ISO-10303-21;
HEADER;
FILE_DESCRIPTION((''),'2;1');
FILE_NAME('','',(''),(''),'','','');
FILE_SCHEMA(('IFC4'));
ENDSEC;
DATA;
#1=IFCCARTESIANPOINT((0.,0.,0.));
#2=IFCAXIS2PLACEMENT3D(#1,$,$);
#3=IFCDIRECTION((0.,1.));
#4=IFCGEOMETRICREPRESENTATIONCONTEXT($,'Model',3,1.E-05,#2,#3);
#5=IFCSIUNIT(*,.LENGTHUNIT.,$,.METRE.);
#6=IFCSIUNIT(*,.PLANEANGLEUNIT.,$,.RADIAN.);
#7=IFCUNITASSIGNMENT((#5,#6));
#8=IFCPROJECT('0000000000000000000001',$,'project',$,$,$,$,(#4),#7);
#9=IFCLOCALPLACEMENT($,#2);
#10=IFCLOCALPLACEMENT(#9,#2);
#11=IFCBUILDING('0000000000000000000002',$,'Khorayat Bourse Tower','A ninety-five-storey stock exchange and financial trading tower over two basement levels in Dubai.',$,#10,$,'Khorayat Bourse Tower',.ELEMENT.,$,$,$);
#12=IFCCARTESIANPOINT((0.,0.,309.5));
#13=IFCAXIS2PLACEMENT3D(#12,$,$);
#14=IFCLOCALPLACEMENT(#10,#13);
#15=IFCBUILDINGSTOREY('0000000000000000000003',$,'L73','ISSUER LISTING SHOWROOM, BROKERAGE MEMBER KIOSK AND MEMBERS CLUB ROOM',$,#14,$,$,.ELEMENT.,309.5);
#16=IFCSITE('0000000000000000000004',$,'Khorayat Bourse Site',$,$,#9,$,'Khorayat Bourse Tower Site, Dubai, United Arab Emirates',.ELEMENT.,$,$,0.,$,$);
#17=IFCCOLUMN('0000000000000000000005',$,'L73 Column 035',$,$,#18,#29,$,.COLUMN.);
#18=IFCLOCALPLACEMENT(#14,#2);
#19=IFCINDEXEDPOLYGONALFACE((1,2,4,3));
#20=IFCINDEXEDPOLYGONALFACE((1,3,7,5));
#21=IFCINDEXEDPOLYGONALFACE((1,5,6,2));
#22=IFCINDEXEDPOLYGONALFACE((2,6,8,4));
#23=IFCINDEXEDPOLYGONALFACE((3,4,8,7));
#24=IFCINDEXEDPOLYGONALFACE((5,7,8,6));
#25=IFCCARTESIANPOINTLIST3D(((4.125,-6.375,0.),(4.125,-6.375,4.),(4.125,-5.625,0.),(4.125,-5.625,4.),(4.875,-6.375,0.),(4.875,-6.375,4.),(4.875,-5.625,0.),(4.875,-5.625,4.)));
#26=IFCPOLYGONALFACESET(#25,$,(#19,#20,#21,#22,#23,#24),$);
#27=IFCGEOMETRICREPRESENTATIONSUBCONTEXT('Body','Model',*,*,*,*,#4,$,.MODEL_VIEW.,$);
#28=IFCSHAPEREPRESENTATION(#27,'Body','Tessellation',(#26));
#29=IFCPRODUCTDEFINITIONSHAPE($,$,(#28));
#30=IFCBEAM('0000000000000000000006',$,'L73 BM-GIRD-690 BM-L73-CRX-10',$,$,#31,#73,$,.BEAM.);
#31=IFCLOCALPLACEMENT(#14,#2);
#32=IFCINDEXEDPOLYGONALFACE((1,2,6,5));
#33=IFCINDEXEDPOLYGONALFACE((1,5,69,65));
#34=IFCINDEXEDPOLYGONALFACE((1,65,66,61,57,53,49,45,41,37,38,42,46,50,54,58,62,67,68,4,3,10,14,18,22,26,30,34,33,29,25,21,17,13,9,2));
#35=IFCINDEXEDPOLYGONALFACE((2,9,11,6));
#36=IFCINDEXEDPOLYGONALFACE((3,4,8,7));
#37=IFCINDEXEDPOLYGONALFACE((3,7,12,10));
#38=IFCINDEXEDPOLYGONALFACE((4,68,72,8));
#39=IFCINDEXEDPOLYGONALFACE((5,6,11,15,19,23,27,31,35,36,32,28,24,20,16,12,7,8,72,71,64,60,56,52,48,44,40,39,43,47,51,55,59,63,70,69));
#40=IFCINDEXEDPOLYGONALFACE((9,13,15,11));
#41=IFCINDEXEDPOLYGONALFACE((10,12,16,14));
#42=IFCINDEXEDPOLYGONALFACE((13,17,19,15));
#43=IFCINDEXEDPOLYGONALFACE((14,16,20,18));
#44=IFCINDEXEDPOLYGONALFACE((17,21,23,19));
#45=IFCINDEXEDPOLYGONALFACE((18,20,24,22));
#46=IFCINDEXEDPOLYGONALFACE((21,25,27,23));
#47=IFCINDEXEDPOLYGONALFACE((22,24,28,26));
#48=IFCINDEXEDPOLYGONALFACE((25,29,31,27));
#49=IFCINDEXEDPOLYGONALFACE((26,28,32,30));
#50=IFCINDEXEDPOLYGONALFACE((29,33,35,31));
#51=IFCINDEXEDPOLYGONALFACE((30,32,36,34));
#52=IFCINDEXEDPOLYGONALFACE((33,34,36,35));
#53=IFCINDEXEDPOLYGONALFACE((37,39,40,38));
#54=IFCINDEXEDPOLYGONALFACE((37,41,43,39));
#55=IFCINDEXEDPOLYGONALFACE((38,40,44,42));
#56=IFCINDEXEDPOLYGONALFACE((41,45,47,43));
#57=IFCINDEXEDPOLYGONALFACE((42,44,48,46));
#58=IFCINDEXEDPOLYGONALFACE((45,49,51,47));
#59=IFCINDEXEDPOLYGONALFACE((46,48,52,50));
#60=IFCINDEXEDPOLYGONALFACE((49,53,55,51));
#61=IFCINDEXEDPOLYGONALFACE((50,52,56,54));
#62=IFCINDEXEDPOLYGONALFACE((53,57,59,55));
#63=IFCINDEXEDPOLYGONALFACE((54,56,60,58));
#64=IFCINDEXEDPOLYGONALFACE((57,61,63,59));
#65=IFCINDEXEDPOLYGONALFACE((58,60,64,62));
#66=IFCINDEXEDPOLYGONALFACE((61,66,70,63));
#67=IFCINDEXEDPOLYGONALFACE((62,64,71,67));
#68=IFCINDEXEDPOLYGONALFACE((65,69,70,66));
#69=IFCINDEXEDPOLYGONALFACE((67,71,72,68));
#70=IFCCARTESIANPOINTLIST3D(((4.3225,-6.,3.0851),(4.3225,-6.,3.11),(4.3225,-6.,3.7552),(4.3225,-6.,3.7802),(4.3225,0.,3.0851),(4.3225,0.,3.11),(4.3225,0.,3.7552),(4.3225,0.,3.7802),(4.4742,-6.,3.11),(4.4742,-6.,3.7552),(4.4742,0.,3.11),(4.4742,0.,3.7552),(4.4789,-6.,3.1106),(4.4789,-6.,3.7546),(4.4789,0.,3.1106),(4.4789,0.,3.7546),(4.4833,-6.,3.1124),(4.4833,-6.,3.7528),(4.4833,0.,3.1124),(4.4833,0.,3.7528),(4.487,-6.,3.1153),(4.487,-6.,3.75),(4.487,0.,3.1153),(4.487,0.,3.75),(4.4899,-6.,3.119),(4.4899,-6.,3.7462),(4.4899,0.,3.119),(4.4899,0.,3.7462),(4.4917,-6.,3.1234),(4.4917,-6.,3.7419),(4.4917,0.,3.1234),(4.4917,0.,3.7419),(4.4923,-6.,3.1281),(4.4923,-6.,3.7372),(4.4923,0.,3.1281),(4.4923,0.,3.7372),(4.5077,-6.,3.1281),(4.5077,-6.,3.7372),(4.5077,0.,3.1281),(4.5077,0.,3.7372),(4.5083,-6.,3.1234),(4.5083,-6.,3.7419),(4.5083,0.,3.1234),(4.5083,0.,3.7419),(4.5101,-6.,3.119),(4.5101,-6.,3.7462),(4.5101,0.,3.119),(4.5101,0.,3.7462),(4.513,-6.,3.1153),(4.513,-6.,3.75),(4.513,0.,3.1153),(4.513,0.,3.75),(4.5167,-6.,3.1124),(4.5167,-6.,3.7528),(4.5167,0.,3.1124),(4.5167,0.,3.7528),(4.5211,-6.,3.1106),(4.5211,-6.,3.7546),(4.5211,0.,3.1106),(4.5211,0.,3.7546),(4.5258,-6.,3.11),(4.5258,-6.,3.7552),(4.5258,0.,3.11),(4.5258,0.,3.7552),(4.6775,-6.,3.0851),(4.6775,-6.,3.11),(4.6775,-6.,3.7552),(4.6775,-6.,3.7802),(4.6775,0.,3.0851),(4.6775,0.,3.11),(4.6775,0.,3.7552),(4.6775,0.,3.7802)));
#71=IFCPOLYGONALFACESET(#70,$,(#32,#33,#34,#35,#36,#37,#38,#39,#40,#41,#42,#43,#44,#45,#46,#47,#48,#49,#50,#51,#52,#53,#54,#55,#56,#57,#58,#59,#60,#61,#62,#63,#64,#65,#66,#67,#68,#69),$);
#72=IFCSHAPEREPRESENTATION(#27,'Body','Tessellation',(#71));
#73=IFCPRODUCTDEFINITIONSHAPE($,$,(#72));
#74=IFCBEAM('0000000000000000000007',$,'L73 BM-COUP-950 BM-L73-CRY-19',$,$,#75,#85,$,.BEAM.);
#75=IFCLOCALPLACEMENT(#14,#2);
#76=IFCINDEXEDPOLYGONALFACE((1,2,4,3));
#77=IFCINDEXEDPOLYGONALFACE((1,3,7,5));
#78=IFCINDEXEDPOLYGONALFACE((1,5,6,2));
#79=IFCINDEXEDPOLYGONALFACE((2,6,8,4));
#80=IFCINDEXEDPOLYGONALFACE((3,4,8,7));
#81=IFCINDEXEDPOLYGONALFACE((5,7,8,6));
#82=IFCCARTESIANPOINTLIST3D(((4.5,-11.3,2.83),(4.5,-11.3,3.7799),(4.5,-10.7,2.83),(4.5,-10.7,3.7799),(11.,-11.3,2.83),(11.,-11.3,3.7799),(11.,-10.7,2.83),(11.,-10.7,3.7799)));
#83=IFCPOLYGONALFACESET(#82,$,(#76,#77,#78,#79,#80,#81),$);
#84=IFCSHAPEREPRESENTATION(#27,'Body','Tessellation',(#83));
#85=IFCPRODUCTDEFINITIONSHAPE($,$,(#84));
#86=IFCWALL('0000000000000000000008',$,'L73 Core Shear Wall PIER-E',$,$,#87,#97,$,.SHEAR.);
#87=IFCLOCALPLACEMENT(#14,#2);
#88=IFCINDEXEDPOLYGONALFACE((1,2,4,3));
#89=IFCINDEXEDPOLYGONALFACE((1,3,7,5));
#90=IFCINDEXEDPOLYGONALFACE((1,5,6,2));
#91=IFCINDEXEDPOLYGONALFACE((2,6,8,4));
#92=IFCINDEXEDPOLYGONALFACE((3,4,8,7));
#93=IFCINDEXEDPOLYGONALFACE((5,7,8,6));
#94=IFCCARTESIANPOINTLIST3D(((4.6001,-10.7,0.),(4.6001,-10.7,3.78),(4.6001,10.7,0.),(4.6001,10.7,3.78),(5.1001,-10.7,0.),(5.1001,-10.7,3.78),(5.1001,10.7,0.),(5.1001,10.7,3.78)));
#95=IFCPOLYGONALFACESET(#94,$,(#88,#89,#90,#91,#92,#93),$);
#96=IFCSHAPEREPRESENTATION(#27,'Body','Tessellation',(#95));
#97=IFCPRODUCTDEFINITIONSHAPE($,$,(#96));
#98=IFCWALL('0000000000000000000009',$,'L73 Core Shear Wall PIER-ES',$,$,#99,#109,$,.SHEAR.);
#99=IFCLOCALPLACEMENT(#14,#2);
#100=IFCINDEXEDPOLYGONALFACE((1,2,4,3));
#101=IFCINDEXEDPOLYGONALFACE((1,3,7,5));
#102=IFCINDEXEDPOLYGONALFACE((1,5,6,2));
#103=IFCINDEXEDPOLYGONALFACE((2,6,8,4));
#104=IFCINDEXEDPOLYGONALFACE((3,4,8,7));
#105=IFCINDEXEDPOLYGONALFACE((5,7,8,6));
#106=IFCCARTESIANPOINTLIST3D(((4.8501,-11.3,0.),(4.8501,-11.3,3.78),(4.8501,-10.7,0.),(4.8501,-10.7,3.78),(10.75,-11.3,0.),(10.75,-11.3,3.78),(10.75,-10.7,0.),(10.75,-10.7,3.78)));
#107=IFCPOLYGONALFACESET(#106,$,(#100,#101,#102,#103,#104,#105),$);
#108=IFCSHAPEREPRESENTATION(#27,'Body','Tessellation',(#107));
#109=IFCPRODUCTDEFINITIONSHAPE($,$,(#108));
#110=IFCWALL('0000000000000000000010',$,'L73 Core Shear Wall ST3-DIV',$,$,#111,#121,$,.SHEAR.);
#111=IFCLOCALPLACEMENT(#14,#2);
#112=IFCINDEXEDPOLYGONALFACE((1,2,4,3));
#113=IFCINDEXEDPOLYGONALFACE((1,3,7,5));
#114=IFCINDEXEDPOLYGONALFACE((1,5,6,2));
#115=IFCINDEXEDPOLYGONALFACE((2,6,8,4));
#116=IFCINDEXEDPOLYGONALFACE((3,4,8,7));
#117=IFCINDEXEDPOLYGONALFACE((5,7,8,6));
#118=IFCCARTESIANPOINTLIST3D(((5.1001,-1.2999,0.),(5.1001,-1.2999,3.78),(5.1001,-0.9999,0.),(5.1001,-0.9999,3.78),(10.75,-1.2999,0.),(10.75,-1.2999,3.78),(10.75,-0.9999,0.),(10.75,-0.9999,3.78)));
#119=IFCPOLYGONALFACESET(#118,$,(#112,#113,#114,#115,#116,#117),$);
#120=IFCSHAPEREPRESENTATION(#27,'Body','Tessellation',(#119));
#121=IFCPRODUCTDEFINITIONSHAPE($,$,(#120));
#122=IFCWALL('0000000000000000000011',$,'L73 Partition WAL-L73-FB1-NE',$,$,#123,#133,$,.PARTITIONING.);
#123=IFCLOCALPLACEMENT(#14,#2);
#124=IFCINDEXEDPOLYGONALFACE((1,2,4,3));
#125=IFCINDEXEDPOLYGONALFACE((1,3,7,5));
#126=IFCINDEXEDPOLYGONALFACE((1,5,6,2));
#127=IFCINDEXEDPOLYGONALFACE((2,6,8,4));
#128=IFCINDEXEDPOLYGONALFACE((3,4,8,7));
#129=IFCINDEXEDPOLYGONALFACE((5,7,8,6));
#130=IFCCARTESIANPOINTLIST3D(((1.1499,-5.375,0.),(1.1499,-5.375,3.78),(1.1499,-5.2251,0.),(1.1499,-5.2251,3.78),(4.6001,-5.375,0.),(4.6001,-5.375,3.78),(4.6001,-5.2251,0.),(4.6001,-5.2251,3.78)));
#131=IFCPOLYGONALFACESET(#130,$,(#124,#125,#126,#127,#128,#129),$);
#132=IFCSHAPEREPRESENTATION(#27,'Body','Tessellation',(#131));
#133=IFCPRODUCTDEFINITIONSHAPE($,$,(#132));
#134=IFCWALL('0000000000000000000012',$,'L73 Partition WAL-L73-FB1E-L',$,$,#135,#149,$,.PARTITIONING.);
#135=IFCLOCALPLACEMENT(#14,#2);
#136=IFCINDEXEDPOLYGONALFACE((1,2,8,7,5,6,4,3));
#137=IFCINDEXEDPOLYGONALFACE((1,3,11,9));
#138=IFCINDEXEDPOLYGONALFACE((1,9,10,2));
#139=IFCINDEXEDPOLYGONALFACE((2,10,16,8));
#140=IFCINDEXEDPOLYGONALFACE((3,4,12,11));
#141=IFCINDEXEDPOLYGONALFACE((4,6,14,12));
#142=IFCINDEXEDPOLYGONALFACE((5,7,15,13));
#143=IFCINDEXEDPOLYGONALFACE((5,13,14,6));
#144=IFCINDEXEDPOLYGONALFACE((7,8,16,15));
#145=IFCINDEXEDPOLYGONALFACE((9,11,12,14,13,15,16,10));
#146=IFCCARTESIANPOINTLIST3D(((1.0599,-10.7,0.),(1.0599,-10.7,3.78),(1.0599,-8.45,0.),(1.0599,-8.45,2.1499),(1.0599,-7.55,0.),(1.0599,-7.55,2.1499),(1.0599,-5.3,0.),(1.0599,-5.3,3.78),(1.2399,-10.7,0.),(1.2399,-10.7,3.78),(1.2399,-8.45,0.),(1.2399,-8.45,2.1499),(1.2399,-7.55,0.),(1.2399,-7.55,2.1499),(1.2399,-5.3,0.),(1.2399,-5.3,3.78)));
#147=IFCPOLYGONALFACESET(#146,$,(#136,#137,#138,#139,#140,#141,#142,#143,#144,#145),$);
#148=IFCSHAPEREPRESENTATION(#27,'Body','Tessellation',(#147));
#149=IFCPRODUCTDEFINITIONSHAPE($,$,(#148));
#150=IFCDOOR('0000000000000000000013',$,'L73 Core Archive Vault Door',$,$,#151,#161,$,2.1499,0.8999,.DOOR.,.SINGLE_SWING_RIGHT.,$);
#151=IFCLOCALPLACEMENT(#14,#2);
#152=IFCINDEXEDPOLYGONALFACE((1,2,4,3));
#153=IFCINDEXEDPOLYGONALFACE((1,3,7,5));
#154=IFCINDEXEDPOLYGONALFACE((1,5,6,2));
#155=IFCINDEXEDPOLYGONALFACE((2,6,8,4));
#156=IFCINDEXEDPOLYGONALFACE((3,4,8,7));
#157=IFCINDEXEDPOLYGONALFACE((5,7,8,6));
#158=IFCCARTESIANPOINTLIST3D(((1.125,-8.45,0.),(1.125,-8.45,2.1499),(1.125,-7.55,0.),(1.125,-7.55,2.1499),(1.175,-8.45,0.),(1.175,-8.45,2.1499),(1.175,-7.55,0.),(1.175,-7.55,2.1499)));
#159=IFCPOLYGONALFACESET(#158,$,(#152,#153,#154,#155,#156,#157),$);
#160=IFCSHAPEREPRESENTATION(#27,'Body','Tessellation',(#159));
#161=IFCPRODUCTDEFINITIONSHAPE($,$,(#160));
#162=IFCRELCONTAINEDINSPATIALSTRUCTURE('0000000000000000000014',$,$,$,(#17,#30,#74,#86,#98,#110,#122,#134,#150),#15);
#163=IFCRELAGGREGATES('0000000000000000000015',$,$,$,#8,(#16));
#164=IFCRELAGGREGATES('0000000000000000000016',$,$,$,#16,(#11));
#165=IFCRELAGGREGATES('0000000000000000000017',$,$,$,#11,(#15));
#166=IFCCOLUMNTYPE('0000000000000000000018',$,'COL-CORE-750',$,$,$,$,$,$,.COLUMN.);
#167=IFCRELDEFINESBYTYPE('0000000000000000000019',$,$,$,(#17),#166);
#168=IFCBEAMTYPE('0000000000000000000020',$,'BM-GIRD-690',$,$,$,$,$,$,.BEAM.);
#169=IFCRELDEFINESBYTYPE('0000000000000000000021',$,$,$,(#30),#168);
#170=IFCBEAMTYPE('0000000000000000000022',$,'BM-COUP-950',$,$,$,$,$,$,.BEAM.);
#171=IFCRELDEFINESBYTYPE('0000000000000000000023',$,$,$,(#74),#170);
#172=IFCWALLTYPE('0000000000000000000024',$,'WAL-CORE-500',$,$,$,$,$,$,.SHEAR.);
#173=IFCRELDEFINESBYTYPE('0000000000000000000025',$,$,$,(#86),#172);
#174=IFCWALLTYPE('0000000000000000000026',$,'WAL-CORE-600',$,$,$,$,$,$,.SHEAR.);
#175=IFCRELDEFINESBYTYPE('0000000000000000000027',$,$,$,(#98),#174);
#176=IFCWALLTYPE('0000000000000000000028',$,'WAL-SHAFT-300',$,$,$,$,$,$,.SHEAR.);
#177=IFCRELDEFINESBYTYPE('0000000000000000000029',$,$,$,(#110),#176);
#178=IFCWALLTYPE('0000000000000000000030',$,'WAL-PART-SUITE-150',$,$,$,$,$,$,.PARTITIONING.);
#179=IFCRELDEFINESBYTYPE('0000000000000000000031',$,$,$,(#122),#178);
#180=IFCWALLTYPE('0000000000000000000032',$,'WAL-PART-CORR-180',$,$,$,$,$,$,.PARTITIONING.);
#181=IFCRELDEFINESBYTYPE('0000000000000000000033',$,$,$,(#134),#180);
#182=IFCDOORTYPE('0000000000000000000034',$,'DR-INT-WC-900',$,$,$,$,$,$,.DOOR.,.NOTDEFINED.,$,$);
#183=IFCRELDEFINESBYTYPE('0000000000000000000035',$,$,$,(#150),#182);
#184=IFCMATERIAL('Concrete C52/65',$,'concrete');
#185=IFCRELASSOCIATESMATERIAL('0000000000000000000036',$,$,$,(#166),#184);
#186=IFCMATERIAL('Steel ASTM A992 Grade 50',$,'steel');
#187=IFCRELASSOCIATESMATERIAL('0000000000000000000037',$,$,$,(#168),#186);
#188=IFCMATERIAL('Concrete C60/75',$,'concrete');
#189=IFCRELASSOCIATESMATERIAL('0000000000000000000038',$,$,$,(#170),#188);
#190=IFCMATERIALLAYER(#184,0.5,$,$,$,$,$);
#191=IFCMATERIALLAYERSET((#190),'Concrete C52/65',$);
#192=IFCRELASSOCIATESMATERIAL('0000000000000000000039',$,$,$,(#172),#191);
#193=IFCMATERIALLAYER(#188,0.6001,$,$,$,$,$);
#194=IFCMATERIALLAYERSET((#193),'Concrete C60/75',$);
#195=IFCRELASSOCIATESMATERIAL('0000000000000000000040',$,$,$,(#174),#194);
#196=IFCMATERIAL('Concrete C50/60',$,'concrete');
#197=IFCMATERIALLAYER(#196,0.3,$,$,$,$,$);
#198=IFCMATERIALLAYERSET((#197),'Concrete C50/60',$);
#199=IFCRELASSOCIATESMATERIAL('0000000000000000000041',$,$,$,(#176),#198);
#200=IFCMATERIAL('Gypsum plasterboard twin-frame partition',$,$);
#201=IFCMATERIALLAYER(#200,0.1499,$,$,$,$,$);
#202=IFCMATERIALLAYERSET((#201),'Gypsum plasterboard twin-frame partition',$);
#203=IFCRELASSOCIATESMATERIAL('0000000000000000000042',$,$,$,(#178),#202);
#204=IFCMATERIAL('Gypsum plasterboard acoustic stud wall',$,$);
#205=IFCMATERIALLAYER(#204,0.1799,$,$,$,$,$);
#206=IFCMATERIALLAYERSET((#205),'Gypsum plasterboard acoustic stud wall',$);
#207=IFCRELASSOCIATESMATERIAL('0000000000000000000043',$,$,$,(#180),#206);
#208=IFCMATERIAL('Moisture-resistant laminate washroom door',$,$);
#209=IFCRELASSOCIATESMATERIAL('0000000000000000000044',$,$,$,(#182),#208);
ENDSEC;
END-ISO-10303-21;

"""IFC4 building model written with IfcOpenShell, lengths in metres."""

from ifc_helpers import new_model, si_unit, direction, frame, frame_2d, origin, origin_2d, place, context, subcontext, project, spatial, rectangle, i_section, extrude, source, transform, mapped, material, layer, layer_set, material_profile, profile_set, type_object, element, fill, save


model = new_model("IFC4")

# Units and contexts
model_context = context("Model", 3, precision=1e-05, world=origin(), true_north=direction((0.0, 1.0)))
body_context = subcontext(model_context, "Body", "Model", "MODEL_VIEW")
ifc_project = project(units=[si_unit("LENGTHUNIT", "METRE"), si_unit("PLANEANGLEUNIT", "RADIAN")], contexts=[model_context])

# Site, building, storey
site_placement = place(None, origin())
site = spatial("IfcSite", under=ifc_project, at=site_placement, Name="Khorayat Bourse Site", LongName="Khorayat Bourse Tower Site, Dubai, United Arab Emirates", CompositionType="ELEMENT", RefElevation=0.0)
building_placement = place(site_placement, origin())
building = spatial("IfcBuilding", under=site, at=building_placement, Name="Khorayat Bourse Tower", Description="A ninety-five-storey stock exchange and financial trading tower over two basement levels in Dubai.", LongName="Khorayat Bourse Tower", CompositionType="ELEMENT")
storey_placement = place(building_placement, frame((0.0, 0.0, 309.5)))
storey = spatial("IfcBuildingStorey", under=building, at=storey_placement, Name="L73", Description="ISSUER LISTING SHOWROOM, BROKERAGE MEMBER KIOSK AND MEMBERS CLUB ROOM", CompositionType="ELEMENT", Elevation=309.5)

# Column
ifc_material_1 = material(Name="Concrete C52/65", Category="concrete")
ifc_material_profile_1 = material_profile(ifc_material_1, rectangle(XDim=0.75, YDim=0.75, at=origin_2d()), Name="RC 750x750")
ifc_profile_set_1 = profile_set([ifc_material_profile_1], Name="Concrete C52/65")
column_type = type_object("IfcColumnType", Name="COL-CORE-750", PredefinedType="COLUMN", material=ifc_profile_set_1)
shared_shape_1 = source(origin(), body_context, "Body", "SweptSolid", [
    extrude(rectangle(XDim=0.75, YDim=0.75, at=origin_2d()), origin(), (0.0, 0.0, 1.0), 4.0),
])
column_placement = place(storey_placement, frame((4.5, -6.0, 0.0), z_axis=(0.0, 0.0, 1.0), x_axis=(1.0, 0.0, 0.0)))
element("IfcColumn", 1, at=column_placement, inside=storey, type_object=column_type, Name="L73 Column 035", PredefinedType="COLUMN", context=body_context, shape_type="MappedRepresentation", body=[
    mapped(shared_shape_1, transform((0.0, 0.0, 0.0), scale=1.0)),
])

# Beams
ifc_material_2 = material(Name="Steel ASTM A992 Grade 50", Category="steel")
ifc_material_profile_2 = material_profile(ifc_material_2, i_section(OverallWidth=0.355, OverallDepth=0.6951, WebThickness=0.0154, FlangeThickness=0.0249, FilletRadius=0.0181, at=origin_2d()), Name="W690X217")
ifc_profile_set_2 = profile_set([ifc_material_profile_2], Name="Steel ASTM A992 Grade 50")
beam_type_1 = type_object("IfcBeamType", Name="BM-GIRD-690", PredefinedType="BEAM", material=ifc_profile_set_2)
shared_shape_2 = source(origin(), body_context, "Body", "SweptSolid", [
    extrude(i_section(OverallWidth=0.355, OverallDepth=0.6951, WebThickness=0.0154, FlangeThickness=0.0249, FilletRadius=0.0181, at=origin_2d()), origin(), (0.0, 0.0, 1.0), 6.0),
])
beam_1_placement = place(storey_placement, frame((4.5, -6.0, 3.4326), z_axis=(0.0, 1.0, 0.0), x_axis=(-1.0, 0.0, 0.0)))
element("IfcBeam", 2, at=beam_1_placement, inside=storey, type_object=beam_type_1, Name="L73 BM-GIRD-690 BM-L73-CRX-10", PredefinedType="BEAM", context=body_context, shape_type="MappedRepresentation", body=[
    mapped(shared_shape_2, transform((0.0, 0.0, 0.0), scale=1.0)),
])
ifc_material_3 = material(Name="Concrete C60/75", Category="concrete")
ifc_material_profile_3 = material_profile(ifc_material_3, rectangle(XDim=0.6001, YDim=0.95, at=origin_2d()), Name="RC 600x950")
ifc_profile_set_3 = profile_set([ifc_material_profile_3], Name="Concrete C60/75")
beam_type_2 = type_object("IfcBeamType", Name="BM-COUP-950", PredefinedType="BEAM", material=ifc_profile_set_3)
shared_shape_3 = source(origin(), body_context, "Body", "SweptSolid", [
    extrude(rectangle(XDim=0.6001, YDim=0.95, at=origin_2d()), origin(), (0.0, 0.0, 1.0), 6.5),
])
beam_2_placement = place(storey_placement, frame((4.5, -11.0, 3.3049), z_axis=(1.0, 0.0, 0.0), x_axis=(0.0, 1.0, 0.0)))
element("IfcBeam", 3, at=beam_2_placement, inside=storey, type_object=beam_type_2, Name="L73 BM-COUP-950 BM-L73-CRY-19", PredefinedType="BEAM", context=body_context, shape_type="MappedRepresentation", body=[
    mapped(shared_shape_3, transform((0.0, 0.0, 0.0), scale=1.0)),
])

# Walls
ifc_layer_1 = layer(ifc_material_1, 0.5)
ifc_layer_set_1 = layer_set([ifc_layer_1], Name="Concrete C52/65")
wall_type_1 = type_object("IfcWallType", Name="WAL-CORE-500", PredefinedType="SHEAR", material=ifc_layer_set_1)
shared_shape_4 = source(origin(), body_context, "Body", "SweptSolid", [
    extrude(rectangle(XDim=21.3999, YDim=0.5, at=frame_2d((10.7, 0.0))), origin(), (0.0, 0.0, 1.0), 3.78),
])
wall_1_placement = place(storey_placement, frame((4.8501, -10.7, 0.0), z_axis=(0.0, 0.0, 1.0), x_axis=(0.0, 1.0, 0.0)))
element("IfcWall", 4, at=wall_1_placement, inside=storey, type_object=wall_type_1, Name="L73 Core Shear Wall PIER-E", PredefinedType="SHEAR", context=body_context, shape_type="MappedRepresentation", body=[
    mapped(shared_shape_4, transform((0.0, 0.0, 0.0), scale=1.0)),
])
ifc_layer_2 = layer(ifc_material_3, 0.6001)
ifc_layer_set_2 = layer_set([ifc_layer_2], Name="Concrete C60/75")
wall_type_2 = type_object("IfcWallType", Name="WAL-CORE-600", PredefinedType="SHEAR", material=ifc_layer_set_2)
shared_shape_5 = source(origin(), body_context, "Body", "SweptSolid", [
    extrude(rectangle(XDim=5.8999, YDim=0.6001, at=frame_2d((2.95, 0.0))), origin(), (0.0, 0.0, 1.0), 3.78),
])
wall_2_placement = place(storey_placement, frame((4.8501, -11.0, 0.0), z_axis=(0.0, 0.0, 1.0), x_axis=(1.0, 0.0, 0.0)))
element("IfcWall", 5, at=wall_2_placement, inside=storey, type_object=wall_type_2, Name="L73 Core Shear Wall PIER-ES", PredefinedType="SHEAR", context=body_context, shape_type="MappedRepresentation", body=[
    mapped(shared_shape_5, transform((0.0, 0.0, 0.0), scale=1.0)),
])
ifc_material_4 = material(Name="Concrete C50/60", Category="concrete")
ifc_layer_3 = layer(ifc_material_4, 0.3)
ifc_layer_set_3 = layer_set([ifc_layer_3], Name="Concrete C50/60")
wall_type_3 = type_object("IfcWallType", Name="WAL-SHAFT-300", PredefinedType="SHEAR", material=ifc_layer_set_3)
shared_shape_6 = source(origin(), body_context, "Body", "SweptSolid", [
    extrude(rectangle(XDim=5.6499, YDim=0.3, at=frame_2d((2.825, 0.0))), origin(), (0.0, 0.0, 1.0), 3.78),
])
wall_3_placement = place(storey_placement, frame((5.1001, -1.1499, 0.0), z_axis=(0.0, 0.0, 1.0), x_axis=(1.0, 0.0, 0.0)))
element("IfcWall", 6, at=wall_3_placement, inside=storey, type_object=wall_type_3, Name="L73 Core Shear Wall ST3-DIV", PredefinedType="SHEAR", context=body_context, shape_type="MappedRepresentation", body=[
    mapped(shared_shape_6, transform((0.0, 0.0, 0.0), scale=1.0)),
])
ifc_material_5 = material(Name="Gypsum plasterboard twin-frame partition")
ifc_layer_4 = layer(ifc_material_5, 0.1499)
ifc_layer_set_4 = layer_set([ifc_layer_4], Name="Gypsum plasterboard twin-frame partition")
wall_type_4 = type_object("IfcWallType", Name="WAL-PART-SUITE-150", PredefinedType="PARTITIONING", material=ifc_layer_set_4)
shared_shape_7 = source(origin(), body_context, "Body", "SweptSolid", [
    extrude(rectangle(XDim=3.4502, YDim=0.1499, at=frame_2d((1.7251, 0.0))), origin(), (0.0, 0.0, 1.0), 3.78),
])
wall_4_placement = place(storey_placement, frame((1.1499, -5.3, 0.0), z_axis=(0.0, 0.0, 1.0), x_axis=(1.0, 0.0, 0.0)))
element("IfcWall", 7, at=wall_4_placement, inside=storey, type_object=wall_type_4, Name="L73 Partition WAL-L73-FB1-NE", PredefinedType="PARTITIONING", context=body_context, shape_type="MappedRepresentation", body=[
    mapped(shared_shape_7, transform((0.0, 0.0, 0.0), scale=1.0)),
])

# Shared definitions
ifc_material_6 = material(Name="Gypsum plasterboard acoustic stud wall")
ifc_layer_5 = layer(ifc_material_6, 0.1799)
ifc_layer_set_5 = layer_set([ifc_layer_5], Name="Gypsum plasterboard acoustic stud wall")
wall_type_5 = type_object("IfcWallType", Name="WAL-PART-CORR-180", PredefinedType="PARTITIONING", material=ifc_layer_set_5)
shared_shape_8 = source(origin(), body_context, "Body", "SweptSolid", [
    extrude(rectangle(XDim=5.3999, YDim=0.1799, at=frame_2d((2.7, 0.0))), origin(), (0.0, 0.0, 1.0), 3.78),
])
shared_shape_9 = source(origin(), body_context, "Body", "SweptSolid", [
    extrude(rectangle(XDim=0.8999, YDim=2.1499, at=frame_2d((0.45, 1.075))), frame((0.0, 0.0999, 0.0), z_axis=(0.0, -1.0, 0.0), x_axis=(1.0, 0.0, 0.0)), (0.0, 0.0, 1.0), 0.2),
])
ifc_material_7 = material(Name="Moisture-resistant laminate washroom door")
door_type = type_object("IfcDoorType", Name="DR-INT-WC-900", OperationType="NOTDEFINED", PredefinedType="DOOR", material=ifc_material_7)
shared_shape_10 = source(origin(), body_context, "Body", "SweptSolid", [
    extrude(rectangle(XDim=0.8999, YDim=2.1499, at=frame_2d((0.45, 1.075))), frame((0.0, 0.0249, 0.0), z_axis=(0.0, -1.0, 0.0), x_axis=(1.0, 0.0, 0.0)), (0.0, 0.0, 1.0), 0.05),
])

# Wall, opening, door
wall_5_placement = place(storey_placement, frame((1.1499, -10.7, 0.0), z_axis=(0.0, 0.0, 1.0), x_axis=(0.0, 1.0, 0.0)))
wall_5 = element("IfcWall", 8, at=wall_5_placement, inside=storey, type_object=wall_type_5, Name="L73 Partition WAL-L73-FB1E-L", PredefinedType="PARTITIONING", context=body_context, shape_type="MappedRepresentation", body=[
    mapped(shared_shape_8, transform((0.0, 0.0, 0.0), scale=1.0)),
])
opening_1_placement = place(wall_5_placement, frame((2.25, 0.0, 0.0)))
opening_1 = element("IfcOpeningElement", 9, at=opening_1_placement, cuts=wall_5, PredefinedType="OPENING", context=body_context, shape_type="MappedRepresentation", body=[
    mapped(shared_shape_9, transform((0.0, 0.0, 0.0), scale=1.0)),
])
door_1_placement = place(opening_1_placement, origin())
door_1 = element("IfcDoor", 10, at=door_1_placement, inside=storey, type_object=door_type, Name="L73 Core Archive Vault Door", OperationType="SINGLE_SWING_RIGHT", OverallHeight=2.1499, OverallWidth=0.8999, PredefinedType="DOOR", context=body_context, shape_type="MappedRepresentation", body=[
    mapped(shared_shape_10, transform((0.0, 0.0, 0.0), scale=1.0)),
])
fill(opening_1, door_1)

save(model, "model.ifc")
